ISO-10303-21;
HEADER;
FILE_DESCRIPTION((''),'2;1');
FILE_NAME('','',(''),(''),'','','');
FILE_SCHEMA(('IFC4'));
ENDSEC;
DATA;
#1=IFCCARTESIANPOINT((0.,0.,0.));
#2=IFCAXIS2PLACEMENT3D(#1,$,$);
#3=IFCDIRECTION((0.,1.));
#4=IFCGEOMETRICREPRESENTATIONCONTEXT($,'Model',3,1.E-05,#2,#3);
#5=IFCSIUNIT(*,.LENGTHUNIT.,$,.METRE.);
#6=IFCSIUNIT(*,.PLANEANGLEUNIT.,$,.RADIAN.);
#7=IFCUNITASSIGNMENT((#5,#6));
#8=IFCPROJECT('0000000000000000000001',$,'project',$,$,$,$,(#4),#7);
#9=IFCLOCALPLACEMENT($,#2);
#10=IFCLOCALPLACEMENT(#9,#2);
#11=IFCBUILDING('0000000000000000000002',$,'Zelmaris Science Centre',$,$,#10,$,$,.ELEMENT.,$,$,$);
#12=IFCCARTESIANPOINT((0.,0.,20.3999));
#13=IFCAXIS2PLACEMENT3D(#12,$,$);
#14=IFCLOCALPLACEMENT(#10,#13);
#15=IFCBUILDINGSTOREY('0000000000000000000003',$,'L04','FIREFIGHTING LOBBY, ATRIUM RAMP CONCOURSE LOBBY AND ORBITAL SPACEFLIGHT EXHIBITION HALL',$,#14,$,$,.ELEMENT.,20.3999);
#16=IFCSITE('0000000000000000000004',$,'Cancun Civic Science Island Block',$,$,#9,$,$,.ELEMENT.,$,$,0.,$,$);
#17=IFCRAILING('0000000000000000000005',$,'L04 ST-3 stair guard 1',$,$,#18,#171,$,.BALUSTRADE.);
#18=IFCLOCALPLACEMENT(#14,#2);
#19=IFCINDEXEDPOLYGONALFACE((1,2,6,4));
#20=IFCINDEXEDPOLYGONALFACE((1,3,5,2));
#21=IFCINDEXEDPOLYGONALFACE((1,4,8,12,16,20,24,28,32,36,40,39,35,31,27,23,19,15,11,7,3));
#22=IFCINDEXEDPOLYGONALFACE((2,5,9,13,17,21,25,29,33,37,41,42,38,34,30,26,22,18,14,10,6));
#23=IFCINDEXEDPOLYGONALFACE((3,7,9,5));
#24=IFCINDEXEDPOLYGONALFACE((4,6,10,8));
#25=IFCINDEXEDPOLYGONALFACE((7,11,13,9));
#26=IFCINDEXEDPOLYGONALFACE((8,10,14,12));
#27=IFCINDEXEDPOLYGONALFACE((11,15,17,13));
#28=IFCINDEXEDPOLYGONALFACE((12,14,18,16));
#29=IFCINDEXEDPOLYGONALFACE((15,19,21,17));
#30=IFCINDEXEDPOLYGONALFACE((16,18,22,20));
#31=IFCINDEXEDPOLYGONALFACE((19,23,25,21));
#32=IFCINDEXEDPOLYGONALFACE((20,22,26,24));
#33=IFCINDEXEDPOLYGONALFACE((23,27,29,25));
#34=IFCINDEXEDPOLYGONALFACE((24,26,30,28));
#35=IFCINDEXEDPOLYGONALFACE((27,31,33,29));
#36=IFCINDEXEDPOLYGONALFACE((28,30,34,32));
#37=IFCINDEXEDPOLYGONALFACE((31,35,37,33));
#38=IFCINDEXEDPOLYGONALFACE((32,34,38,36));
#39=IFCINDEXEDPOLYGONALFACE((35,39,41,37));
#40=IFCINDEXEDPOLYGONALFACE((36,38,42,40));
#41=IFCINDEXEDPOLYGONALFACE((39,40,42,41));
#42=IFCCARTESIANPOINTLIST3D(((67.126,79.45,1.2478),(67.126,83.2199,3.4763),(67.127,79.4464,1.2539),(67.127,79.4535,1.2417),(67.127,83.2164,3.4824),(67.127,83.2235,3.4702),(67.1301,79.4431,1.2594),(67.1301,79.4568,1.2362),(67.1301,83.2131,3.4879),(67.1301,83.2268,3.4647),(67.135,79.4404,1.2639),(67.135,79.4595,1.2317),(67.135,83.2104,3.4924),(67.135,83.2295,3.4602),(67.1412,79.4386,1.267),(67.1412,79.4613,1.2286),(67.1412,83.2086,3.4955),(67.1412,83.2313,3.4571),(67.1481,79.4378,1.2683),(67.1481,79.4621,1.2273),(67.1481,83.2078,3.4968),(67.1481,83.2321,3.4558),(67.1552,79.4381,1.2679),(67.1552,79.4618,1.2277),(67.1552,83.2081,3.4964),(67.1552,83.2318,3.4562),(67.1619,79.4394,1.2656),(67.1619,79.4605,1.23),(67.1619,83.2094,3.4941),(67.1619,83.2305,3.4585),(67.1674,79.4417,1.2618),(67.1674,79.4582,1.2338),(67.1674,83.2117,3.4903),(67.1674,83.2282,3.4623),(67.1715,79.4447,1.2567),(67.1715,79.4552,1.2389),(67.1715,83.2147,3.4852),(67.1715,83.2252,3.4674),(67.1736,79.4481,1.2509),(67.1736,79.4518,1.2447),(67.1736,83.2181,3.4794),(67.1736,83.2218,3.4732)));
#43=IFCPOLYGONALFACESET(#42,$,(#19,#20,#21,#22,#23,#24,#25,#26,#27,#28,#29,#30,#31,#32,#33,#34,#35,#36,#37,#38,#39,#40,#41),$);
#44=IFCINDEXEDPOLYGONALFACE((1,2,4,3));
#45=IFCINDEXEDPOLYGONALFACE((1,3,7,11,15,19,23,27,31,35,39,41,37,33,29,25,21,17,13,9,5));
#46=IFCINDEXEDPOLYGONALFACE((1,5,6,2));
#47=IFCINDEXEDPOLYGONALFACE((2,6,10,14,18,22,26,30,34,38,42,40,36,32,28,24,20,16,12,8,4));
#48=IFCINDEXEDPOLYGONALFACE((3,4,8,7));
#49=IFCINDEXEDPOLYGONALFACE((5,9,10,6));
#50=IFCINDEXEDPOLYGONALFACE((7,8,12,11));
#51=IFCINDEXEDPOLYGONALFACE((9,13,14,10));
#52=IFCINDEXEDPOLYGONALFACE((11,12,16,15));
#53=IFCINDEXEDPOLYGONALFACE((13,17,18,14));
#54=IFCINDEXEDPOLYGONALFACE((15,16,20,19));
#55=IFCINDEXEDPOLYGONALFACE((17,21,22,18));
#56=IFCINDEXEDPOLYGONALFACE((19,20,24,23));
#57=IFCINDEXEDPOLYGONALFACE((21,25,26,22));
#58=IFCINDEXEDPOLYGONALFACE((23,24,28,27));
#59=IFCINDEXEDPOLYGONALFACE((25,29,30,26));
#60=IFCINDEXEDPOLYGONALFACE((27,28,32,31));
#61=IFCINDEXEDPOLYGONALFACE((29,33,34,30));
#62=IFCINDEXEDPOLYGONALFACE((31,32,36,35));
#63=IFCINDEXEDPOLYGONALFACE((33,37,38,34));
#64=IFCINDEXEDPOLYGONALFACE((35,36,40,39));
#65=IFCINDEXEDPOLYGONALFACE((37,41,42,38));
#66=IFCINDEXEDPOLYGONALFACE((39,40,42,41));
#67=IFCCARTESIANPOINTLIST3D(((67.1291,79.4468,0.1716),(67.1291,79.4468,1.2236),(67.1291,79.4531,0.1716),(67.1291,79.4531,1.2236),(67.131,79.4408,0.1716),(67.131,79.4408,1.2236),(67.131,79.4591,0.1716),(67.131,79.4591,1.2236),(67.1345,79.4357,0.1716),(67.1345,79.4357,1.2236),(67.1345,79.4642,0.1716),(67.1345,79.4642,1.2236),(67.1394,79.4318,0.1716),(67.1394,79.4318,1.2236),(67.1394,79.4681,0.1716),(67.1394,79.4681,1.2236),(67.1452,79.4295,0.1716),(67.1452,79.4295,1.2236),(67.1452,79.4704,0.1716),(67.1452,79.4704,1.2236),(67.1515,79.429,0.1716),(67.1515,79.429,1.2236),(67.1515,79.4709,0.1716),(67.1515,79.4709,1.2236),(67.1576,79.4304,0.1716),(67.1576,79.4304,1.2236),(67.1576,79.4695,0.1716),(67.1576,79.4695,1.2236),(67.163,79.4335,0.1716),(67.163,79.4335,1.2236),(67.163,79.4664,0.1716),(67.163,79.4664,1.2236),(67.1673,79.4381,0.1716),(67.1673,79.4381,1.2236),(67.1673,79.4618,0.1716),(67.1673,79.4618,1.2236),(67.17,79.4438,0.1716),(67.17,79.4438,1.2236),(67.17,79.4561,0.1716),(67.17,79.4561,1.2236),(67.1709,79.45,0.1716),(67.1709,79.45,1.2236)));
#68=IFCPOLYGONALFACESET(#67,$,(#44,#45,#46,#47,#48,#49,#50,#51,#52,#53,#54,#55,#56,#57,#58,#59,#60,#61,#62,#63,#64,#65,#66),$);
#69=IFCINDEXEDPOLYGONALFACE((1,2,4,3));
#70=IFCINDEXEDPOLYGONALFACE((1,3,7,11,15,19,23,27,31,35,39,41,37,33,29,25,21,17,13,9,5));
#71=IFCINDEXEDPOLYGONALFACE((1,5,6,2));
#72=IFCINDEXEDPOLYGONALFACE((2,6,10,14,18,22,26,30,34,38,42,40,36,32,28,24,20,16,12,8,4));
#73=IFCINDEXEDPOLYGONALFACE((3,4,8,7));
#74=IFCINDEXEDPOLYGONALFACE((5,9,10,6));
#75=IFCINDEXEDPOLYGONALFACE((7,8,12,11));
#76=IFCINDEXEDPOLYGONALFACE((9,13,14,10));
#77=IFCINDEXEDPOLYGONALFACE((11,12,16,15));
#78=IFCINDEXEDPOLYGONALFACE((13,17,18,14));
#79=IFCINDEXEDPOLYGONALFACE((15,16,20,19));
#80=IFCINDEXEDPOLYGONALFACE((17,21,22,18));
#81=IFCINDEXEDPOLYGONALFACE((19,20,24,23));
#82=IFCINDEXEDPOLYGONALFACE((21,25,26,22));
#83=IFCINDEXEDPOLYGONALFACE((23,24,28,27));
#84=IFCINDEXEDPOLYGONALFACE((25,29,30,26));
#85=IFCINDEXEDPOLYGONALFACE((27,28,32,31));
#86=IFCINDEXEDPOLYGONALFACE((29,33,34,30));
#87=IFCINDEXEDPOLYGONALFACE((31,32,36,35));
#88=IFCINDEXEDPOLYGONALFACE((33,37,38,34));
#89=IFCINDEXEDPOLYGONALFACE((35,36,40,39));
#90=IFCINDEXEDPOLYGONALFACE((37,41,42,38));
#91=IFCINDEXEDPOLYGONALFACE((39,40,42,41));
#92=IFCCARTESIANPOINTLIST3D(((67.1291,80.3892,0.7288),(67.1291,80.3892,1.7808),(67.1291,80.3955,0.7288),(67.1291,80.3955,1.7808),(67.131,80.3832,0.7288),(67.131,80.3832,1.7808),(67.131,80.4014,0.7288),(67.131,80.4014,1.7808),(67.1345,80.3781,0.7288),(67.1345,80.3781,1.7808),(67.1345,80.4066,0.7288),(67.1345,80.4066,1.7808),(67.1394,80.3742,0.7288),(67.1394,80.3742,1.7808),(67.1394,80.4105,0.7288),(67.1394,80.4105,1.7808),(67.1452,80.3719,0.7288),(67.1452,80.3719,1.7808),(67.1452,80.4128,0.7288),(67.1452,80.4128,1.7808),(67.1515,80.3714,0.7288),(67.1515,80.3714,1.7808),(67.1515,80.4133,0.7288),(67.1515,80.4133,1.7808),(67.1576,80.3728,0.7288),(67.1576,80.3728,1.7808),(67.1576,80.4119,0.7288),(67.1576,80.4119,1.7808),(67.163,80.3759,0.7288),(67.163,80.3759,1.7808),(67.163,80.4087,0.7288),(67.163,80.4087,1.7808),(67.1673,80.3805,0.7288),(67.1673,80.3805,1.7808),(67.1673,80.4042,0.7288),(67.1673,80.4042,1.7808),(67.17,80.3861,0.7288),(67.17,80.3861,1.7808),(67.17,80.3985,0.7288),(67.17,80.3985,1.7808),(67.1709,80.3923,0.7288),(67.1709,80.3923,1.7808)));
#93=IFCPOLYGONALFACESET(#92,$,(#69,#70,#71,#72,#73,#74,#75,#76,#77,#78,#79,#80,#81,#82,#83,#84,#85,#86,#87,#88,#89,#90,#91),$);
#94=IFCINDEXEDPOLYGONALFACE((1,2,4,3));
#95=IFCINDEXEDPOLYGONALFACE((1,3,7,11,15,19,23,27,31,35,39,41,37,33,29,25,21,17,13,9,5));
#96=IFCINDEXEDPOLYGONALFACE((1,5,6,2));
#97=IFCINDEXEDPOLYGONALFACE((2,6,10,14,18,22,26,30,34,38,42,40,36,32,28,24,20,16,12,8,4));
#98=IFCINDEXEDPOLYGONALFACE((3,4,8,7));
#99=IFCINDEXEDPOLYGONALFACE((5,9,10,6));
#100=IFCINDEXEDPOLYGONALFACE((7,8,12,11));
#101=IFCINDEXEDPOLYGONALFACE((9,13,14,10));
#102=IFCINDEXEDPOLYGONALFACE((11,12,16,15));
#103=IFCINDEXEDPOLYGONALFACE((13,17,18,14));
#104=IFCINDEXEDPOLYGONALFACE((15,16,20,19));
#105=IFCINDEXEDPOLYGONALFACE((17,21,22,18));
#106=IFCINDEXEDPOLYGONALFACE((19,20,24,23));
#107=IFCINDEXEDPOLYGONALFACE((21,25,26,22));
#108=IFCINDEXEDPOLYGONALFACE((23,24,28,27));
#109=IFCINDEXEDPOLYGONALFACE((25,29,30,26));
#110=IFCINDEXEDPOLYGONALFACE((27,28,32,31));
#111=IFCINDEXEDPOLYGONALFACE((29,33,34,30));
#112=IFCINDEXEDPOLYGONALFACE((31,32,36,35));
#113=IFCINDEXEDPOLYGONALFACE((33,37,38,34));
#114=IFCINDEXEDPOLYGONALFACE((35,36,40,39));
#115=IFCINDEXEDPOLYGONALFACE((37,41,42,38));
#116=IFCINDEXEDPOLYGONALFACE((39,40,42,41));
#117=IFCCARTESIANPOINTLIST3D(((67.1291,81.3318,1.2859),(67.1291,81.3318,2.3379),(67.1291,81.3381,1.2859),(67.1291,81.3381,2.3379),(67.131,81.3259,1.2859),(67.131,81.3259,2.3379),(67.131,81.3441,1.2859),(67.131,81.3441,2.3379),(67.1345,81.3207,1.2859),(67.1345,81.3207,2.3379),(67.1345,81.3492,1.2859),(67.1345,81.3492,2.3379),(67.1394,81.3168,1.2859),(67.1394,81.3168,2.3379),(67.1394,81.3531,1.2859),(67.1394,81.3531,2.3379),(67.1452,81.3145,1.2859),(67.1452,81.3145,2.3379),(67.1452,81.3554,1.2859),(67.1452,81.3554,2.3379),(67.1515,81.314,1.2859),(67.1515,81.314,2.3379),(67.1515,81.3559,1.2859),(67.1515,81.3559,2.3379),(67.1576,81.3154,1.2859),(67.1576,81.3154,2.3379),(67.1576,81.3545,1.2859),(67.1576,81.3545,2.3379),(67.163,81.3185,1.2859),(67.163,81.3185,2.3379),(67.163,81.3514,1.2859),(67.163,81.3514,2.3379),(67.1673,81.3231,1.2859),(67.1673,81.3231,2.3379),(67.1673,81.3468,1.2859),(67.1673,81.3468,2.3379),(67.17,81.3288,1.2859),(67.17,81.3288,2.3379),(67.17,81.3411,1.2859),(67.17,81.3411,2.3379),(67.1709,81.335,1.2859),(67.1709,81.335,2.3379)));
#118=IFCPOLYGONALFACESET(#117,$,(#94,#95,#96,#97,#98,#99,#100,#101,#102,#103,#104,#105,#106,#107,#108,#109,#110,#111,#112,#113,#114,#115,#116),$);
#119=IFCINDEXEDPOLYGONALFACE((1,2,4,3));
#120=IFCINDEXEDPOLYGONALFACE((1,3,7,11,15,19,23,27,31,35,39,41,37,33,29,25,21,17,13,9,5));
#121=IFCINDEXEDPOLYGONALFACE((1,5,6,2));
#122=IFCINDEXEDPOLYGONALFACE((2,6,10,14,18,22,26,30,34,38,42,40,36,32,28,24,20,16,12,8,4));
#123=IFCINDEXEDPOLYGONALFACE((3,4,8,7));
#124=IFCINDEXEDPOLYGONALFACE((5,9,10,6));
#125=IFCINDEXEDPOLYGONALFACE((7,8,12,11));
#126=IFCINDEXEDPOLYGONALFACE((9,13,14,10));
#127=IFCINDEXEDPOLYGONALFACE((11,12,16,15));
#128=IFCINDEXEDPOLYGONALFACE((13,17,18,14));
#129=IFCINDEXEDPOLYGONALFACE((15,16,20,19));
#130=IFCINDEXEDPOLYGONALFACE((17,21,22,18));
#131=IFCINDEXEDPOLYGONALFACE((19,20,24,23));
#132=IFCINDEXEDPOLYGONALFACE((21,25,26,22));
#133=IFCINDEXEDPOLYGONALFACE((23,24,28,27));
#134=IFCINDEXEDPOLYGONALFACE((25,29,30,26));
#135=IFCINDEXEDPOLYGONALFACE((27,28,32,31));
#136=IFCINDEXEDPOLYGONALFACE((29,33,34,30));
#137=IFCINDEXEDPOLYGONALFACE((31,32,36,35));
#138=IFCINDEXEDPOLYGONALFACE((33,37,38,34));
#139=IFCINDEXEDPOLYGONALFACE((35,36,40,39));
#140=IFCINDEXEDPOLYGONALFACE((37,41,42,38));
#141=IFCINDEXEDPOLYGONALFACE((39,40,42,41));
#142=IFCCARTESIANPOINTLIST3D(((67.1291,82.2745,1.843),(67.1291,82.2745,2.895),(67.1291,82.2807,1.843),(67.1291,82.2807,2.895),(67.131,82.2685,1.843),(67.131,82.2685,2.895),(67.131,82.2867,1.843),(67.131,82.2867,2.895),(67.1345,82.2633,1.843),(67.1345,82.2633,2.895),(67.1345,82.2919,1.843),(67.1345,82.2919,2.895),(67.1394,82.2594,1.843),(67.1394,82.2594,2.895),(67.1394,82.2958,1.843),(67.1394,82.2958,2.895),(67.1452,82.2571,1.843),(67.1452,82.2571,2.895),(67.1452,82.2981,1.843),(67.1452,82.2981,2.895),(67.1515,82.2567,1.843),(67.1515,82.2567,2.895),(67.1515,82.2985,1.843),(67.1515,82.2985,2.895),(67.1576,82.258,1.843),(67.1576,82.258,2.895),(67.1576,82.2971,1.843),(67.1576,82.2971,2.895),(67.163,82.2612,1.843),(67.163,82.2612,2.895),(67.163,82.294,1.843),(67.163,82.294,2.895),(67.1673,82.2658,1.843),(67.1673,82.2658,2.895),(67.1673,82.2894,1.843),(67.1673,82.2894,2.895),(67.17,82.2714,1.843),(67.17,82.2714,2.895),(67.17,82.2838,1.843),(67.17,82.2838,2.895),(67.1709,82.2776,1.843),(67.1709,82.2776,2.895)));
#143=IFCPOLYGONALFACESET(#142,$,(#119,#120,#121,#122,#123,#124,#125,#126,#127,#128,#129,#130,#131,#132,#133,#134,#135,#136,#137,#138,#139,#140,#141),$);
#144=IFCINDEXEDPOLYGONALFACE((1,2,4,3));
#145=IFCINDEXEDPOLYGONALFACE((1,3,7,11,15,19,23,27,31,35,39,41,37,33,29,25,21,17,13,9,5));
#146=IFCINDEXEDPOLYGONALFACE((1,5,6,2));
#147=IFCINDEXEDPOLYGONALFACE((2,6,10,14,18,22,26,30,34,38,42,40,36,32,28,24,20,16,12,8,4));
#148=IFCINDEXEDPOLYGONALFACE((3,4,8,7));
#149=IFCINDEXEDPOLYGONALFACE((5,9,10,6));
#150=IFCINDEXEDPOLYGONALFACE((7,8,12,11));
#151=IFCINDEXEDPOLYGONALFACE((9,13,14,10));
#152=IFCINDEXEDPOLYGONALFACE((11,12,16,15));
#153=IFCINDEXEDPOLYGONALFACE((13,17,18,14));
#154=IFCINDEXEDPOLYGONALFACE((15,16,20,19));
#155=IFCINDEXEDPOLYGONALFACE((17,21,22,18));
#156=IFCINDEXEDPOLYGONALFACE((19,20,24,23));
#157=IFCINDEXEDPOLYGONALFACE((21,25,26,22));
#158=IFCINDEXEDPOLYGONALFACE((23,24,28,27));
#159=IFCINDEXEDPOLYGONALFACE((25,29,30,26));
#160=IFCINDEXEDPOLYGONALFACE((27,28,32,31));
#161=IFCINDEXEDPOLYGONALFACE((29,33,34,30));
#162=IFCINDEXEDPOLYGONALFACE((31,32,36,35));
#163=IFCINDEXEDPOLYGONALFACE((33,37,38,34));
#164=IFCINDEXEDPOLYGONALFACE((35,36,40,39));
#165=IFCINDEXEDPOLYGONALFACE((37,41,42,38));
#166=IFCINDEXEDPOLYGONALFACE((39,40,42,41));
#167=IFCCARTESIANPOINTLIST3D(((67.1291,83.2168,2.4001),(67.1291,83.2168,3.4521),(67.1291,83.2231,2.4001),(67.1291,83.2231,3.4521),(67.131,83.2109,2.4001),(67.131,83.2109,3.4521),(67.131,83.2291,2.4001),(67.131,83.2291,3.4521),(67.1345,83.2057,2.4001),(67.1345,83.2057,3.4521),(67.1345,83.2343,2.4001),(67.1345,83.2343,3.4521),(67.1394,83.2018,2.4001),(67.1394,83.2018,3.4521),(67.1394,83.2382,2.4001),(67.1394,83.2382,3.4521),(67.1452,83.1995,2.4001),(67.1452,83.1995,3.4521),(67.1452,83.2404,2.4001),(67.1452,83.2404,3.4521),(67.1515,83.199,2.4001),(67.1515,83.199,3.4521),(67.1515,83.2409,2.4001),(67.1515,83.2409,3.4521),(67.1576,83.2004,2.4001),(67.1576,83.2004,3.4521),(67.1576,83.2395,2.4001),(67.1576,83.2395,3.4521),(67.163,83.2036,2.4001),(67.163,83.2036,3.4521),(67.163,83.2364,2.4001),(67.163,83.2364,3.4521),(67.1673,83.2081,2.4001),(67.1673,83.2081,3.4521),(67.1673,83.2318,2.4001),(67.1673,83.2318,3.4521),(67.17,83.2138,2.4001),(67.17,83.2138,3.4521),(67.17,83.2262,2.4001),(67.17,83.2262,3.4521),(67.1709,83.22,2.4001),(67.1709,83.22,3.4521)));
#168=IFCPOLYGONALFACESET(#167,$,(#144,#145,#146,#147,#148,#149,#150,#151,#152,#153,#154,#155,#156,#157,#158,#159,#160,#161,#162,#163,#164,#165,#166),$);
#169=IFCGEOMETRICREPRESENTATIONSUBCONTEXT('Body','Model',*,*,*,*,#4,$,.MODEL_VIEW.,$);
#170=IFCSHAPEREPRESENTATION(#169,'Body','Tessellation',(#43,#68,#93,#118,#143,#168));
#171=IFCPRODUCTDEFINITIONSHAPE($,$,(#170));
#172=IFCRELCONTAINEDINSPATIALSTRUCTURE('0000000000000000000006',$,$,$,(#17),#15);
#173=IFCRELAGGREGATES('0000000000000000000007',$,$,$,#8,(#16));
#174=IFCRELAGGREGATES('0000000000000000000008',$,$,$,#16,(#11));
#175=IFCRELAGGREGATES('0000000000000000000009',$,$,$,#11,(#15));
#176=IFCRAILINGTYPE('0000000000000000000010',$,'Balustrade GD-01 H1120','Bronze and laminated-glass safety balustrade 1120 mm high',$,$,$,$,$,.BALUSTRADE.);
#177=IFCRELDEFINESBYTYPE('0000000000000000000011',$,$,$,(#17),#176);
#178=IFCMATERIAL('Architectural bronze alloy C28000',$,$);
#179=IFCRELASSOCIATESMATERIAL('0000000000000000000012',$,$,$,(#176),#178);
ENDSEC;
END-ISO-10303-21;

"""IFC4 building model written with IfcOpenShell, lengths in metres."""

from ifc_helpers import new_model, si_unit, direction, frame, origin, origin_2d, place, context, subcontext, project, spatial, circle, extrude, material, type_object, element, save


model = new_model("IFC4")

# Units and contexts
model_context = context("Model", 3, precision=1e-05, world=origin(), true_north=direction((0.0, 1.0)))
body_context = subcontext(model_context, "Body", "Model", "MODEL_VIEW")
ifc_project = project(units=[si_unit("LENGTHUNIT", "METRE"), si_unit("PLANEANGLEUNIT", "RADIAN")], contexts=[model_context])

# Site, building, storey
site_placement = place(None, origin())
site = spatial("IfcSite", under=ifc_project, at=site_placement, Name="Cancun Civic Science Island Block", CompositionType="ELEMENT", RefElevation=0.0)
building_placement = place(site_placement, origin())
building = spatial("IfcBuilding", under=site, at=building_placement, Name="Zelmaris Science Centre", CompositionType="ELEMENT")
storey_placement = place(building_placement, frame((0.0, 0.0, 20.3999)))
storey = spatial("IfcBuildingStorey", under=building, at=storey_placement, Name="L04", Description="FIREFIGHTING LOBBY, ATRIUM RAMP CONCOURSE LOBBY AND ORBITAL SPACEFLIGHT EXHIBITION HALL", CompositionType="ELEMENT", Elevation=20.3999)

# Railing
ifc_material_1 = material(Name="Architectural bronze alloy C28000")
railing_type_1 = type_object("IfcRailingType", Name="Balustrade GD-01 H1120", Description="Bronze and laminated-glass safety balustrade 1120 mm high", PredefinedType="BALUSTRADE", material=ifc_material_1)
railing_1_placement = place(storey_placement, frame((67.1499, 79.45, 0.1716)))
element("IfcRailing", 1, at=railing_1_placement, inside=storey, type_object=railing_type_1, Name="L04 ST-3 stair guard 1", PredefinedType="BALUSTRADE", context=body_context, shape_type="SweptSolid", body=[
    extrude(circle(Radius=0.0239, at=origin_2d()), frame((0.0, 0.0, 1.0762), z_axis=(0.0, 0.860849, 0.508861), x_axis=(-1.0, 0.0, 0.0)), (0.0, 0.0, 1.0), 4.3794),
    extrude(circle(Radius=0.021, at=origin_2d()), origin(), (0.0, 0.0, 1.0), 1.052),
    extrude(circle(Radius=0.021, at=origin_2d()), frame((0.0, 0.9424, 0.5571)), (0.0, 0.0, 1.0), 1.052),
    extrude(circle(Radius=0.021, at=origin_2d()), frame((0.0, 1.885, 1.1143)), (0.0, 0.0, 1.0), 1.052),
    extrude(circle(Radius=0.021, at=origin_2d()), frame((0.0, 2.8276, 1.6714)), (0.0, 0.0, 1.0), 1.052),
    extrude(circle(Radius=0.021, at=origin_2d()), frame((0.0, 3.77, 2.2285)), (0.0, 0.0, 1.0), 1.052),
])

save(model, "model.ifc")
